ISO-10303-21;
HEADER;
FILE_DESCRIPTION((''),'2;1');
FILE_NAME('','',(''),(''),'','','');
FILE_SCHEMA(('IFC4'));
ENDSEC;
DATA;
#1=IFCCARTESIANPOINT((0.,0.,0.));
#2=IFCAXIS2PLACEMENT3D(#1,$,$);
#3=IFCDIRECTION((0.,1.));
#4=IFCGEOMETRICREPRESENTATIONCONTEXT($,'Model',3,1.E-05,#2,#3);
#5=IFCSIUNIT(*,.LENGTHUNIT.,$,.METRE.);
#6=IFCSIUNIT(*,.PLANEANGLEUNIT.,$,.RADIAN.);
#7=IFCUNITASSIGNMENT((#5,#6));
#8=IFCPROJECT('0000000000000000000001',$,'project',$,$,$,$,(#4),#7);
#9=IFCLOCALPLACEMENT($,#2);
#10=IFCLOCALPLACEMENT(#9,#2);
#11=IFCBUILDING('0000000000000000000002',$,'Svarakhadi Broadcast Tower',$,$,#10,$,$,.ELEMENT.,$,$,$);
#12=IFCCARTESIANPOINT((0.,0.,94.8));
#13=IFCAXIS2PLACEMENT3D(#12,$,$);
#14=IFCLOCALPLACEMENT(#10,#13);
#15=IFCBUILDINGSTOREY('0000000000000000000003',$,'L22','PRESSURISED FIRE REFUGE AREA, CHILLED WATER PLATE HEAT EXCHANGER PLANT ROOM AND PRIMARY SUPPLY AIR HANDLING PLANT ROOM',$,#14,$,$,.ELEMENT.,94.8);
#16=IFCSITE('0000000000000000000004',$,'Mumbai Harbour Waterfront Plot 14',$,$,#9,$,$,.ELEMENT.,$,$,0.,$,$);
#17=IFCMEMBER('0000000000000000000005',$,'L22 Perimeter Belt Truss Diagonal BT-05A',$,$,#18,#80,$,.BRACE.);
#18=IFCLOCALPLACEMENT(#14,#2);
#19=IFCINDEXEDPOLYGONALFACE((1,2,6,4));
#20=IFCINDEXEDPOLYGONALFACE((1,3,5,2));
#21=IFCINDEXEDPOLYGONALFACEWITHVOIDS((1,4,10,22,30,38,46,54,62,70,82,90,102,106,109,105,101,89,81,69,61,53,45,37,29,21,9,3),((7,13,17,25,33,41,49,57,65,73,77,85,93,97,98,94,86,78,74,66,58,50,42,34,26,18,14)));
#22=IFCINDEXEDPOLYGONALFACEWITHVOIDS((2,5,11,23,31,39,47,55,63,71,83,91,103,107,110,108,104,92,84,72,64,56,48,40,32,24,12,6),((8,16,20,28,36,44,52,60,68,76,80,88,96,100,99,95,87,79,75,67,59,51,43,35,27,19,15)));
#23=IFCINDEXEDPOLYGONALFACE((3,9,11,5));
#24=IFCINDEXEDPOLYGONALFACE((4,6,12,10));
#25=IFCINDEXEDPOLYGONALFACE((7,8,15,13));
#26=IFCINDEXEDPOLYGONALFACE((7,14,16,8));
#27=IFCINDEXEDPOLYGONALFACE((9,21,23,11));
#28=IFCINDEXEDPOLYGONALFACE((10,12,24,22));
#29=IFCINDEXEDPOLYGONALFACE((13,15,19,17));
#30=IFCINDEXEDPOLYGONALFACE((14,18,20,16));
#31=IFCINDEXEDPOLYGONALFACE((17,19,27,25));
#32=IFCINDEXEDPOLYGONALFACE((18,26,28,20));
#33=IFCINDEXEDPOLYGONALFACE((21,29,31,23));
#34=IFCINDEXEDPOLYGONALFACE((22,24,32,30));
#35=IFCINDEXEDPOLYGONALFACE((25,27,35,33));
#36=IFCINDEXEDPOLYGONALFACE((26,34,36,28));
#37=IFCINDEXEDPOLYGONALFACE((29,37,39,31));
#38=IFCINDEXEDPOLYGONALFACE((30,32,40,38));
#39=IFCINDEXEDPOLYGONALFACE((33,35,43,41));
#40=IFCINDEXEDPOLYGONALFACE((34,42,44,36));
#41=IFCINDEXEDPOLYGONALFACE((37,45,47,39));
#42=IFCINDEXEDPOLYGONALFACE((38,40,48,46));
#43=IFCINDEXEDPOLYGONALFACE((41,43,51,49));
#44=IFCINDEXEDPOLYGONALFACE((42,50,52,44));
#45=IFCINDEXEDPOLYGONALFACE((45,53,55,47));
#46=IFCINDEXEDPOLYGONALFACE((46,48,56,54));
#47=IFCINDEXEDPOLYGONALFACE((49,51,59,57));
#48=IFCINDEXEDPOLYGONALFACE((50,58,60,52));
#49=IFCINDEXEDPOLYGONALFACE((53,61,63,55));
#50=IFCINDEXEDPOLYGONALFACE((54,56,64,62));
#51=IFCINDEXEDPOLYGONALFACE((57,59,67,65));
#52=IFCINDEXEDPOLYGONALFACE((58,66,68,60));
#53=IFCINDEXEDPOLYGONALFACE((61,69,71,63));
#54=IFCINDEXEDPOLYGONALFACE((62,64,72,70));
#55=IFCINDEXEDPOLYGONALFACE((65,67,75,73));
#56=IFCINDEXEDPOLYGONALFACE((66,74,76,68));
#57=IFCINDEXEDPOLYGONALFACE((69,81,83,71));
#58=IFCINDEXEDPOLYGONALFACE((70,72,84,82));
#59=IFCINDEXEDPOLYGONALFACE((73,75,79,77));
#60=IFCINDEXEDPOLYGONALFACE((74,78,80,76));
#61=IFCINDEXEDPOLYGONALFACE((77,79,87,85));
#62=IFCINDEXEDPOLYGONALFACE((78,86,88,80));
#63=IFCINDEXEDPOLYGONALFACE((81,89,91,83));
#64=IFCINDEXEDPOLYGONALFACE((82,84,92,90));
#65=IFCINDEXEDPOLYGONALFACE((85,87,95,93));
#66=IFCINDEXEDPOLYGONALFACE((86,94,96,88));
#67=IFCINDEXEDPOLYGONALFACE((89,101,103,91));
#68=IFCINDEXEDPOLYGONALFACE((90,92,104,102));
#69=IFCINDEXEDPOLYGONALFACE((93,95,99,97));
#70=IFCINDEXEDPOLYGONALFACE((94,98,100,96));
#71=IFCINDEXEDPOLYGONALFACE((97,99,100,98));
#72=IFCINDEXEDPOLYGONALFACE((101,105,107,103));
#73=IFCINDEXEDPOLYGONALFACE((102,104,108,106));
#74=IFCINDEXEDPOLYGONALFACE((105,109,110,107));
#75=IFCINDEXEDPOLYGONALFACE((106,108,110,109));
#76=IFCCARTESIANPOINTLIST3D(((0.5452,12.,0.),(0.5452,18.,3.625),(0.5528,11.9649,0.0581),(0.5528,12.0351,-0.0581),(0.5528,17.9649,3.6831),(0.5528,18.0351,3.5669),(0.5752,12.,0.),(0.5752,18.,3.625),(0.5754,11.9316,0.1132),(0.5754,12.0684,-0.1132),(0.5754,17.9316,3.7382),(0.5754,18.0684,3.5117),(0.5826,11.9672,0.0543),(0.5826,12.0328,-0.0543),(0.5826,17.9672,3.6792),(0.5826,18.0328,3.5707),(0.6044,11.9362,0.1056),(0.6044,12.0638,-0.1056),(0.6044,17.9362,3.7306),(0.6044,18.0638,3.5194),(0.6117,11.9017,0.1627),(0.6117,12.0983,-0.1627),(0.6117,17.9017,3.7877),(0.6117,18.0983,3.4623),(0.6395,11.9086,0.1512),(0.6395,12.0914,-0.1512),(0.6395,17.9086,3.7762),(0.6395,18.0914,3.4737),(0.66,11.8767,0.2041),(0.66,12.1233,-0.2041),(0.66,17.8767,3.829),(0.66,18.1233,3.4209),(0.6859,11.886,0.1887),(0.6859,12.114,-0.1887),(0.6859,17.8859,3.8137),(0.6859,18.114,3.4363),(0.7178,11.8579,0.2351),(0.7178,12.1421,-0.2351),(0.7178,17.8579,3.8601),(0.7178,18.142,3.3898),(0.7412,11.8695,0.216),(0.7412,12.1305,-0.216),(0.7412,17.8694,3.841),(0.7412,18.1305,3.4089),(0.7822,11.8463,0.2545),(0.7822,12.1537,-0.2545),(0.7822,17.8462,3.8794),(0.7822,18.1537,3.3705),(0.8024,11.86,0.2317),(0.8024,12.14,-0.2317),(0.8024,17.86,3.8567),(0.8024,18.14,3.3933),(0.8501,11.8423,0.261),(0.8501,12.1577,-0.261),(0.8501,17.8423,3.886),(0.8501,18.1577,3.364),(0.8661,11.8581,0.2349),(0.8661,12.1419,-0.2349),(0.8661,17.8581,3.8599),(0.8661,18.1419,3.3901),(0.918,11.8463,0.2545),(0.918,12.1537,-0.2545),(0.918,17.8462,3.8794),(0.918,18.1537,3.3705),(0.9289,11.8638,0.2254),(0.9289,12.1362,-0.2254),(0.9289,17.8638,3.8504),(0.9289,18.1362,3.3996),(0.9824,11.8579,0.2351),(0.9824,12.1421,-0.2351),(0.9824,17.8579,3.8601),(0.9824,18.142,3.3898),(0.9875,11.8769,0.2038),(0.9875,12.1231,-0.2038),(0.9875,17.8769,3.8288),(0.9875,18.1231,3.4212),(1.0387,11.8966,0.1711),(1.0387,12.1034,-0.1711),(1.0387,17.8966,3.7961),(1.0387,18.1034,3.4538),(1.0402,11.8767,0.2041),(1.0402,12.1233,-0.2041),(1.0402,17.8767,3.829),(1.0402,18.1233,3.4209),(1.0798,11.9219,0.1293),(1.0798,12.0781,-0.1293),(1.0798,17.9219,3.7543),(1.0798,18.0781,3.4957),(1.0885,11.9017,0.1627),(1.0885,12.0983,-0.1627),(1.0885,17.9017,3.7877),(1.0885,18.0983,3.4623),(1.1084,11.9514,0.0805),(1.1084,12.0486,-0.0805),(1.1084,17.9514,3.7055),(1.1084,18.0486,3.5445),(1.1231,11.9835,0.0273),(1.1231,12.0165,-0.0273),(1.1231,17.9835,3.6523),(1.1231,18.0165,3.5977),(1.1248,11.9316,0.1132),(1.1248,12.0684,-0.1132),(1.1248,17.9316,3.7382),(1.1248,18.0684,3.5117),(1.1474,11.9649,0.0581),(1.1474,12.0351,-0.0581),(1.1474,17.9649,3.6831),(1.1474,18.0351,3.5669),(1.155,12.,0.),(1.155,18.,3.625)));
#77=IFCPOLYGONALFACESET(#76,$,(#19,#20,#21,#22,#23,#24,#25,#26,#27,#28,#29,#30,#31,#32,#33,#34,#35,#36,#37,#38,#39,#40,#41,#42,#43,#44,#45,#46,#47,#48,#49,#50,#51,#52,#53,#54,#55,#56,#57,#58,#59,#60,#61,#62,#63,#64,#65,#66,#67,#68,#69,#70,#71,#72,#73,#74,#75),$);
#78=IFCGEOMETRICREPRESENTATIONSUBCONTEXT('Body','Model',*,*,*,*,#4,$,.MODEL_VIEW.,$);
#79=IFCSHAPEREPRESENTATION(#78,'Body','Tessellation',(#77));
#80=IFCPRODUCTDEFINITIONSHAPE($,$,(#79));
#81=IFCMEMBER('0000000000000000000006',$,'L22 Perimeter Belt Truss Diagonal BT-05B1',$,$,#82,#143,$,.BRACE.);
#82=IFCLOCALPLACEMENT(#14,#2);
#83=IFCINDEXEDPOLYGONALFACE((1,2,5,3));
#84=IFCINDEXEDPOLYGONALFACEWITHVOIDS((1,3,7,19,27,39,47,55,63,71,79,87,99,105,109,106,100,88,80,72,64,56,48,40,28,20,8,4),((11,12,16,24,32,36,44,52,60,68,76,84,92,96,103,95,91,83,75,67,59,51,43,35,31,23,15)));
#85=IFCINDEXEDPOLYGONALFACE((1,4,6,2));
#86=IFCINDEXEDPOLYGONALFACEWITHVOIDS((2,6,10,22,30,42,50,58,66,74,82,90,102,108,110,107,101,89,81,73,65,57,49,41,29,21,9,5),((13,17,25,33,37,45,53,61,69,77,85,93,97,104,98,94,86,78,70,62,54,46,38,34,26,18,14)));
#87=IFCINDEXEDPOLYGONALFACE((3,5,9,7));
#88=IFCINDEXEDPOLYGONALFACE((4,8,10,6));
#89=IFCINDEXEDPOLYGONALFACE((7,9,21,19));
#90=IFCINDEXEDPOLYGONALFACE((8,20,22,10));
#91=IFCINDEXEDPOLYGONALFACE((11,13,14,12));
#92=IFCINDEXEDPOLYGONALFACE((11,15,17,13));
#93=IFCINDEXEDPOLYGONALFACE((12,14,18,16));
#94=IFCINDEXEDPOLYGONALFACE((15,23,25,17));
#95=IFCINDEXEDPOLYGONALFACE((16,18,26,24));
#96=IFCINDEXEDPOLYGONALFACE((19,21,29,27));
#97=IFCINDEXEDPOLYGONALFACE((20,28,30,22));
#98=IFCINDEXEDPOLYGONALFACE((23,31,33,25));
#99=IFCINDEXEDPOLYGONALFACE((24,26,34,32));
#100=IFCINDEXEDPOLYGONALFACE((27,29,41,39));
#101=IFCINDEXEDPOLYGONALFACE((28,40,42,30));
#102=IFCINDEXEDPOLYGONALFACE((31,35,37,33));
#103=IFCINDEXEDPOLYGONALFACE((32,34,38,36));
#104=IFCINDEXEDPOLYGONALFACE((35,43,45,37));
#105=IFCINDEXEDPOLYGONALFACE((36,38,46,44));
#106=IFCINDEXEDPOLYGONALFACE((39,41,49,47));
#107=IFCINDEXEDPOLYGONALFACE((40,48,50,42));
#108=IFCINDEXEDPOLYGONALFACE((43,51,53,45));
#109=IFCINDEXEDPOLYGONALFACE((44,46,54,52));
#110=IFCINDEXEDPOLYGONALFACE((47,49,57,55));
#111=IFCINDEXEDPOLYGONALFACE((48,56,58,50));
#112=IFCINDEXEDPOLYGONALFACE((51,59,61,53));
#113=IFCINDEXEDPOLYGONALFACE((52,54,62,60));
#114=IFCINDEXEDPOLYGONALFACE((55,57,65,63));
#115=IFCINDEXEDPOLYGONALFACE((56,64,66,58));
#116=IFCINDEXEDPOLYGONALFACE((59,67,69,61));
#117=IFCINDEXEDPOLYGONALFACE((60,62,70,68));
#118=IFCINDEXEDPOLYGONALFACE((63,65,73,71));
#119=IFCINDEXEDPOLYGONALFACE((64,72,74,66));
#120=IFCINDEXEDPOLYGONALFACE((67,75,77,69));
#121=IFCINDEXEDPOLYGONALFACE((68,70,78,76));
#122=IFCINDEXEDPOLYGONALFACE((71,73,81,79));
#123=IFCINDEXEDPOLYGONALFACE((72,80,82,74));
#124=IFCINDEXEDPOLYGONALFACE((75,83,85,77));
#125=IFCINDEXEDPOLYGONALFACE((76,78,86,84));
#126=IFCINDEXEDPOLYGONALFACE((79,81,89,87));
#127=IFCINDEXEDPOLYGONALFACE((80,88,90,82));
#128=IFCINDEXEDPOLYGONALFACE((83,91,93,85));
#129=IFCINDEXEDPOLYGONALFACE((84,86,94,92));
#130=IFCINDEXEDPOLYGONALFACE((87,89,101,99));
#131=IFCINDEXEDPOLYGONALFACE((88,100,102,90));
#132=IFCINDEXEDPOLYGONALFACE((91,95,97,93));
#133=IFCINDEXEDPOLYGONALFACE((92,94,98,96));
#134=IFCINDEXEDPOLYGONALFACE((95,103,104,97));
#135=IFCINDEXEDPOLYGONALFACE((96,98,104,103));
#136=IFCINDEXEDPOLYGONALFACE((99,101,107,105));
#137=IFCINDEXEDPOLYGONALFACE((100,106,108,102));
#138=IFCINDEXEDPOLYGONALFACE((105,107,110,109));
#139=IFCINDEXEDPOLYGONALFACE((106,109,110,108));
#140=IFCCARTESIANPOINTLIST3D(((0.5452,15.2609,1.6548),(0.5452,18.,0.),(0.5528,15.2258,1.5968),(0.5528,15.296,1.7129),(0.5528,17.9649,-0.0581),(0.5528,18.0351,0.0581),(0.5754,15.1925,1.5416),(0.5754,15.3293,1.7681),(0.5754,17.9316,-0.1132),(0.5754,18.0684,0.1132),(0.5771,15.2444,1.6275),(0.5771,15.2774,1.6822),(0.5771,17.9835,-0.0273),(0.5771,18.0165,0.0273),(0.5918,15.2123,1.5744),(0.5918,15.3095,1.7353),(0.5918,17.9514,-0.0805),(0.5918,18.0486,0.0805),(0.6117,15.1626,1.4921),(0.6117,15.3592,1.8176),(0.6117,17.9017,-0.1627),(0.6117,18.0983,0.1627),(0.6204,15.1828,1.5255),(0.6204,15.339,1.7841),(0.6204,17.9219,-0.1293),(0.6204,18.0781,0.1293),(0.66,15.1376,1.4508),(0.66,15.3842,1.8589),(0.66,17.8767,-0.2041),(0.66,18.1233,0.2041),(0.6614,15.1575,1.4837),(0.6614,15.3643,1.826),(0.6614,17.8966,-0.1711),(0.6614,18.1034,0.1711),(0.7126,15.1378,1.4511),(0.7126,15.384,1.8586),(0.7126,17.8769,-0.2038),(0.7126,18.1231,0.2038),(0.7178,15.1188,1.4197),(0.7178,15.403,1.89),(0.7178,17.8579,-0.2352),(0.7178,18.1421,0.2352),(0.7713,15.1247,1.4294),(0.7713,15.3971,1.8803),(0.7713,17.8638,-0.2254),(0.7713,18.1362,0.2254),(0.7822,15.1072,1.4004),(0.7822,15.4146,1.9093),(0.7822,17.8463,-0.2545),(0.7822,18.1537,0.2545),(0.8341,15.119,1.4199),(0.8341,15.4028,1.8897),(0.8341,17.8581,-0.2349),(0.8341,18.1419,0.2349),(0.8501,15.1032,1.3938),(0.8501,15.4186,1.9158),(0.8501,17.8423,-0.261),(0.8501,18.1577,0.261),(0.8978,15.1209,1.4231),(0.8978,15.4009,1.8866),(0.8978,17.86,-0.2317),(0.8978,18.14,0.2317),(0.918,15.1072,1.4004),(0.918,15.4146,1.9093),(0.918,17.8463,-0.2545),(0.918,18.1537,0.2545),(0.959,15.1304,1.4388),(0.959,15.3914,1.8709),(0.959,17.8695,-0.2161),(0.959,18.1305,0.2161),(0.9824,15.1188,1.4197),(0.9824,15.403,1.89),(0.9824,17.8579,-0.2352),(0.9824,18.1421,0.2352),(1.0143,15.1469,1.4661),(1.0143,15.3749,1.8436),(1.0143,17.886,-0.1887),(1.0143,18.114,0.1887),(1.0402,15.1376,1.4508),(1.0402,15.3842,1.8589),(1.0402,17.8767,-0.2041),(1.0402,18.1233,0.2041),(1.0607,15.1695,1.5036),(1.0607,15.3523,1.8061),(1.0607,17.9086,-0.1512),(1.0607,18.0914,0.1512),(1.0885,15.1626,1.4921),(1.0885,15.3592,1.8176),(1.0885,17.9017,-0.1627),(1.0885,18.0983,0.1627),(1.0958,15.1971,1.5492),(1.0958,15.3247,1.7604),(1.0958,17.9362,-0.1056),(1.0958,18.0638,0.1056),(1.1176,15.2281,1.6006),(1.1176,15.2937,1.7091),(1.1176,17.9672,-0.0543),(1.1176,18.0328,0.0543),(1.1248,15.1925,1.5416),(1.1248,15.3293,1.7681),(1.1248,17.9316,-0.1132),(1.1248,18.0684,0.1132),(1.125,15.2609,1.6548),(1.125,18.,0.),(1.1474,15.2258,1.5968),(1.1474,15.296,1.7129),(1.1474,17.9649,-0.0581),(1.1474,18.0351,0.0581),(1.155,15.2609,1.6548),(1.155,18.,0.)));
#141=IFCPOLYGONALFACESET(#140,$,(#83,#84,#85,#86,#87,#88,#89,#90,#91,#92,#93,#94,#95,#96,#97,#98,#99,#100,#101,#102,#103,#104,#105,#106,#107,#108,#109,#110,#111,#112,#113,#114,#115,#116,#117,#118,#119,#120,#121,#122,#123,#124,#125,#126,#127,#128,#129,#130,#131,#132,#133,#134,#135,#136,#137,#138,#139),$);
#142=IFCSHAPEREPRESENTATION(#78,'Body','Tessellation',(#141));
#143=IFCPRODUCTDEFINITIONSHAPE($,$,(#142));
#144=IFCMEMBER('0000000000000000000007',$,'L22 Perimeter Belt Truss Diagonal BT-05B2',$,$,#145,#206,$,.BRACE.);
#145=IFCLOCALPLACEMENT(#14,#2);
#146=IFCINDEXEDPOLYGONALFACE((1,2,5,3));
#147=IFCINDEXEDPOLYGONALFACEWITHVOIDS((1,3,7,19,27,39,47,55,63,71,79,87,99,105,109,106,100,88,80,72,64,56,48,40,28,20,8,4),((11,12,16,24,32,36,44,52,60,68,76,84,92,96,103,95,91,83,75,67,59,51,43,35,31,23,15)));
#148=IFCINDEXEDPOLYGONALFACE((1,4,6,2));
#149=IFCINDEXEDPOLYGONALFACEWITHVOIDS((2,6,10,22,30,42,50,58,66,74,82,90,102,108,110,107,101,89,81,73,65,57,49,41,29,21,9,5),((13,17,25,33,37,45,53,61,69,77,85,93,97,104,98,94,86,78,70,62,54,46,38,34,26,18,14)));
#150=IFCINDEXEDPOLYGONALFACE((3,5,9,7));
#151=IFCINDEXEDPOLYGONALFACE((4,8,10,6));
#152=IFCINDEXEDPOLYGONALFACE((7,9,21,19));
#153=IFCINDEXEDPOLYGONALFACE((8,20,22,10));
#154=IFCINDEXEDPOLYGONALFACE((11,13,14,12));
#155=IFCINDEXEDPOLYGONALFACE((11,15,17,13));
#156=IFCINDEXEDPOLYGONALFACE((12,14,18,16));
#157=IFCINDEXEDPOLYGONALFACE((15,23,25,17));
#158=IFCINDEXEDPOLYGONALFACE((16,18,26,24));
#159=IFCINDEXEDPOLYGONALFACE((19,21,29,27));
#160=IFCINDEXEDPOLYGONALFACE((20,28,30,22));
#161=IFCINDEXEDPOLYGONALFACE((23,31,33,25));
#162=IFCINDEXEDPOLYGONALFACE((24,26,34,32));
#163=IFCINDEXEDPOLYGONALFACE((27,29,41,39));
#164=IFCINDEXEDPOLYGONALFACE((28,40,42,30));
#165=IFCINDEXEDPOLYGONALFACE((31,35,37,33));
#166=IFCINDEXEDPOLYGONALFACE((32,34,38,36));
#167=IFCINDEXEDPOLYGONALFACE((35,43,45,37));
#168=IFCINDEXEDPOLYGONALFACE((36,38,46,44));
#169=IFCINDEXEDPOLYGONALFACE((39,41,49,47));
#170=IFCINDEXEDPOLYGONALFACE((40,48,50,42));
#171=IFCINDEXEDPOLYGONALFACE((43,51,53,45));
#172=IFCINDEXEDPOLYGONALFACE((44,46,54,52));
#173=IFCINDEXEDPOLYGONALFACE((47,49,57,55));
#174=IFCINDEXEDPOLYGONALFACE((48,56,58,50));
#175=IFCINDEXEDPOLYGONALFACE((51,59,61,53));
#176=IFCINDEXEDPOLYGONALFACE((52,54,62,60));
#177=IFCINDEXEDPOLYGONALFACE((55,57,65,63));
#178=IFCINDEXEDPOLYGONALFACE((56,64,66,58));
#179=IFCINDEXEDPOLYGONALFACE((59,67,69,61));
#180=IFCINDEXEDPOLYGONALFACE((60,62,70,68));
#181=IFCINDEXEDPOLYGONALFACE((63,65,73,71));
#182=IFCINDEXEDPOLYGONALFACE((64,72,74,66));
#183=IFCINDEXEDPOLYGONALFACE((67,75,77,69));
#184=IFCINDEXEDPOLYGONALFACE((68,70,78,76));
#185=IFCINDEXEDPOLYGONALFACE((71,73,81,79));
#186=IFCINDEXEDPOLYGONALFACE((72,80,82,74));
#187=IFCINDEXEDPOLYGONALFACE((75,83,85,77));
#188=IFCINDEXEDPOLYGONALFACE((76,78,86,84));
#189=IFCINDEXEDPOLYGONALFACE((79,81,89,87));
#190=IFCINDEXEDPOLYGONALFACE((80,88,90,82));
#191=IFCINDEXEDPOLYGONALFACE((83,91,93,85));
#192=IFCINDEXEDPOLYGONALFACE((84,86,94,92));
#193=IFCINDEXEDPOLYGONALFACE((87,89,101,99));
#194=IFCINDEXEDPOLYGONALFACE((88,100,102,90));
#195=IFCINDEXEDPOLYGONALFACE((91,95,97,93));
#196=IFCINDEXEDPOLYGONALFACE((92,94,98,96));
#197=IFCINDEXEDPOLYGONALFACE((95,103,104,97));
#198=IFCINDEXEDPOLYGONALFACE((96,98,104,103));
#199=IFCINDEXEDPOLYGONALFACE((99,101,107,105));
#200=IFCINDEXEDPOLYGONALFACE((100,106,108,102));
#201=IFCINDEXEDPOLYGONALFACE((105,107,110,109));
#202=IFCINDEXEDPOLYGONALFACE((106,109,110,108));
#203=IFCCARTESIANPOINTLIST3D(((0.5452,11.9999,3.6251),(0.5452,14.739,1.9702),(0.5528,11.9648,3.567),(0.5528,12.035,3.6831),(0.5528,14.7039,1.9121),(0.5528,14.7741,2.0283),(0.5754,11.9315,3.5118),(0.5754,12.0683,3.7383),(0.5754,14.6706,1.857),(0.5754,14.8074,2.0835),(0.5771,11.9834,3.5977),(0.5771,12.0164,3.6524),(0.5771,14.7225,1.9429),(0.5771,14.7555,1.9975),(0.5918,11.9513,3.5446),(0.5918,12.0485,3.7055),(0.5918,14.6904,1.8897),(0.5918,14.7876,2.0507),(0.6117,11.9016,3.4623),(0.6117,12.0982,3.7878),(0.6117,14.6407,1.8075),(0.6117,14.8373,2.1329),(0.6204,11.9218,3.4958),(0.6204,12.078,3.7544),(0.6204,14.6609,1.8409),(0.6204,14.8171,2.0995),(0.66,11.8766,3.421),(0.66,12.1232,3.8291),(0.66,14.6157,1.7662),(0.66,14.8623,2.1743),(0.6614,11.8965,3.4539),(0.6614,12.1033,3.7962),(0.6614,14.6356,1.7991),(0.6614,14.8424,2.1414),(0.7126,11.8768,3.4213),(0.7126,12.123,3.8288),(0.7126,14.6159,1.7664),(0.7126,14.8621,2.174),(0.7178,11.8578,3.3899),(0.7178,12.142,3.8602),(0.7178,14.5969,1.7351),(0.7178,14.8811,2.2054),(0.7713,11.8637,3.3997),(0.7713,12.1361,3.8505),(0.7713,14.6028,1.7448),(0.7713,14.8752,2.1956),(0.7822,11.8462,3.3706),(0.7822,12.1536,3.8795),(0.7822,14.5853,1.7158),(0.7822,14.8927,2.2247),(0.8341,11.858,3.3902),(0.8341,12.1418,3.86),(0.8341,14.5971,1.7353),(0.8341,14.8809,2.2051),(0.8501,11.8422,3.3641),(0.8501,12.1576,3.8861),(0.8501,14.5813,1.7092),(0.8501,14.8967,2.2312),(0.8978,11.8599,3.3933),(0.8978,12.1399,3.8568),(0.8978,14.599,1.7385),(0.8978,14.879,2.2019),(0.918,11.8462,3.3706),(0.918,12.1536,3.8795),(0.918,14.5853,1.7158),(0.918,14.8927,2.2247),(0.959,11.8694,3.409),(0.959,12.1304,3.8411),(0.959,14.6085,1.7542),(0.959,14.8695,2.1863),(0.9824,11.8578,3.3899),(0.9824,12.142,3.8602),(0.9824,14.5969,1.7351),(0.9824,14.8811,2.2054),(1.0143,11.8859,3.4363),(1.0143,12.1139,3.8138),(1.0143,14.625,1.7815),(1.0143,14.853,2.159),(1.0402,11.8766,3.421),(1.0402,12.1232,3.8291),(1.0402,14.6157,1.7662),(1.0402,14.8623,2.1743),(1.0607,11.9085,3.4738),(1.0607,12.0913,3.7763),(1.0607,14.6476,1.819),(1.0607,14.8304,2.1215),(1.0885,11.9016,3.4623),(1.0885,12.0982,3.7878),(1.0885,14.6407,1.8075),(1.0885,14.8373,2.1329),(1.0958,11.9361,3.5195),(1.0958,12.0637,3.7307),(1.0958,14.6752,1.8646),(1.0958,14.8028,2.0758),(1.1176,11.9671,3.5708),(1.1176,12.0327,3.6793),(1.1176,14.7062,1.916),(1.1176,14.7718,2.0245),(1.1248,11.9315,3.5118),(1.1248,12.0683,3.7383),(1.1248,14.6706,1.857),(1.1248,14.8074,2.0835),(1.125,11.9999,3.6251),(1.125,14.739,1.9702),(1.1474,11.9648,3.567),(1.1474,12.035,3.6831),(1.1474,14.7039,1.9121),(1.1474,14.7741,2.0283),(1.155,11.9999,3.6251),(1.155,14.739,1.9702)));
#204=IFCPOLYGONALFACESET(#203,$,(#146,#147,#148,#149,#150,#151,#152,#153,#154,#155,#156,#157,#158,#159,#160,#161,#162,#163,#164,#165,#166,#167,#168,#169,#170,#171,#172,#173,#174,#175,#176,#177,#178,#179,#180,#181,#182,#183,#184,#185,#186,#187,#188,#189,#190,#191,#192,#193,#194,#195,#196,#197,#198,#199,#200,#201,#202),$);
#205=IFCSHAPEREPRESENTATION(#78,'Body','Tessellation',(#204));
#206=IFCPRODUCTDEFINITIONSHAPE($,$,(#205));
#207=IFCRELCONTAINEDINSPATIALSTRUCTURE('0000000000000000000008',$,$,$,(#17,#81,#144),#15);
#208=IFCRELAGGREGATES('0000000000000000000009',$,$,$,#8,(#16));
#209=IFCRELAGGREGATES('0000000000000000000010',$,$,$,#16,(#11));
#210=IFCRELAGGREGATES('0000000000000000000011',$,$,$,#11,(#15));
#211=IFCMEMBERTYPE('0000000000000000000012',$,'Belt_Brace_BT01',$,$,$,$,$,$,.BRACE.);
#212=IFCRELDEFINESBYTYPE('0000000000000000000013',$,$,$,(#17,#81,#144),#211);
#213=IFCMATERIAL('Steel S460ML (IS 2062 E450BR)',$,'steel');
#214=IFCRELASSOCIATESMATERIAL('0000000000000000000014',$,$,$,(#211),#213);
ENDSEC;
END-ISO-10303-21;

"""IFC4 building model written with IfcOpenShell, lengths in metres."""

from ifc_helpers import new_model, si_unit, direction, frame, origin, origin_2d, place, context, subcontext, project, spatial, hollow_circle, extrude, material, material_profile, profile_set, type_object, element, save


model = new_model("IFC4")

# Units and contexts
model_context = context("Model", 3, precision=1e-05, world=origin(), true_north=direction((0.0, 1.0)))
body_context = subcontext(model_context, "Body", "Model", "MODEL_VIEW")
ifc_project = project(units=[si_unit("LENGTHUNIT", "METRE"), si_unit("PLANEANGLEUNIT", "RADIAN")], contexts=[model_context])

# Site, building, storey
site_placement = place(None, origin())
site = spatial("IfcSite", under=ifc_project, at=site_placement, Name="Mumbai Harbour Waterfront Plot 14", CompositionType="ELEMENT", RefElevation=0.0)
building_placement = place(site_placement, origin())
building = spatial("IfcBuilding", under=site, at=building_placement, Name="Svarakhadi Broadcast Tower", CompositionType="ELEMENT")
storey_placement = place(building_placement, frame((0.0, 0.0, 94.8)))
storey = spatial("IfcBuildingStorey", under=building, at=storey_placement, Name="L22", Description="PRESSURISED FIRE REFUGE AREA, CHILLED WATER PLATE HEAT EXCHANGER PLANT ROOM AND PRIMARY SUPPLY AIR HANDLING PLANT ROOM", CompositionType="ELEMENT", Elevation=94.8)

# Shared definitions
ifc_material_1 = material(Name="Steel S460ML (IS 2062 E450BR)", Category="steel")

# Members
ifc_material_profile_1 = material_profile(ifc_material_1, hollow_circle(Radius=0.3049, WallThickness=0.03, at=origin_2d()), Name="CHS 610x30")
ifc_profile_set_1 = profile_set([ifc_material_profile_1], Name="Steel S460ML (IS 2062 E450BR)")
member_type_1 = type_object("IfcMemberType", Name="Belt_Brace_BT01", PredefinedType="BRACE", material=ifc_profile_set_1)
member_1_placement = place(storey_placement, frame((0.8501, 12.0, 0.0), z_axis=(0.0, 0.855916, 0.517116), x_axis=(-1.0, 0.0, 0.0)))
element("IfcMember", 1, at=member_1_placement, inside=storey, type_object=member_type_1, Name="L22 Perimeter Belt Truss Diagonal BT-05A", PredefinedType="BRACE", context=body_context, shape_type="SweptSolid", body=[
    extrude(hollow_circle(Radius=0.3049, WallThickness=0.03, at=origin_2d()), origin(), (0.0, 0.0, 1.0), 7.01),
])
for number, where, z_axis, x_axis, name in (
    (2, (0.8501, 18.0, 0.0), (0.0, -0.85592, 0.517107), (1.0, 0.0, 0.0), "L22 Perimeter Belt Truss Diagonal BT-05B1"),
    (3, (0.8501, 14.739, 1.9702), (0.0, -0.85592, 0.517107), (1.0, 0.0, 0.0), "L22 Perimeter Belt Truss Diagonal BT-05B2"),
):
    element("IfcMember", number, at=place(storey_placement, frame(where, z_axis=z_axis, x_axis=x_axis)), inside=storey, type_object=member_type_1, Name=name, PredefinedType="BRACE", context=body_context, shape_type="SweptSolid", body=[
        extrude(hollow_circle(Radius=0.3049, WallThickness=0.03, at=origin_2d()), origin(), (0.0, 0.0, 1.0), 3.2002),
    ])

save(model, "model.ifc")
